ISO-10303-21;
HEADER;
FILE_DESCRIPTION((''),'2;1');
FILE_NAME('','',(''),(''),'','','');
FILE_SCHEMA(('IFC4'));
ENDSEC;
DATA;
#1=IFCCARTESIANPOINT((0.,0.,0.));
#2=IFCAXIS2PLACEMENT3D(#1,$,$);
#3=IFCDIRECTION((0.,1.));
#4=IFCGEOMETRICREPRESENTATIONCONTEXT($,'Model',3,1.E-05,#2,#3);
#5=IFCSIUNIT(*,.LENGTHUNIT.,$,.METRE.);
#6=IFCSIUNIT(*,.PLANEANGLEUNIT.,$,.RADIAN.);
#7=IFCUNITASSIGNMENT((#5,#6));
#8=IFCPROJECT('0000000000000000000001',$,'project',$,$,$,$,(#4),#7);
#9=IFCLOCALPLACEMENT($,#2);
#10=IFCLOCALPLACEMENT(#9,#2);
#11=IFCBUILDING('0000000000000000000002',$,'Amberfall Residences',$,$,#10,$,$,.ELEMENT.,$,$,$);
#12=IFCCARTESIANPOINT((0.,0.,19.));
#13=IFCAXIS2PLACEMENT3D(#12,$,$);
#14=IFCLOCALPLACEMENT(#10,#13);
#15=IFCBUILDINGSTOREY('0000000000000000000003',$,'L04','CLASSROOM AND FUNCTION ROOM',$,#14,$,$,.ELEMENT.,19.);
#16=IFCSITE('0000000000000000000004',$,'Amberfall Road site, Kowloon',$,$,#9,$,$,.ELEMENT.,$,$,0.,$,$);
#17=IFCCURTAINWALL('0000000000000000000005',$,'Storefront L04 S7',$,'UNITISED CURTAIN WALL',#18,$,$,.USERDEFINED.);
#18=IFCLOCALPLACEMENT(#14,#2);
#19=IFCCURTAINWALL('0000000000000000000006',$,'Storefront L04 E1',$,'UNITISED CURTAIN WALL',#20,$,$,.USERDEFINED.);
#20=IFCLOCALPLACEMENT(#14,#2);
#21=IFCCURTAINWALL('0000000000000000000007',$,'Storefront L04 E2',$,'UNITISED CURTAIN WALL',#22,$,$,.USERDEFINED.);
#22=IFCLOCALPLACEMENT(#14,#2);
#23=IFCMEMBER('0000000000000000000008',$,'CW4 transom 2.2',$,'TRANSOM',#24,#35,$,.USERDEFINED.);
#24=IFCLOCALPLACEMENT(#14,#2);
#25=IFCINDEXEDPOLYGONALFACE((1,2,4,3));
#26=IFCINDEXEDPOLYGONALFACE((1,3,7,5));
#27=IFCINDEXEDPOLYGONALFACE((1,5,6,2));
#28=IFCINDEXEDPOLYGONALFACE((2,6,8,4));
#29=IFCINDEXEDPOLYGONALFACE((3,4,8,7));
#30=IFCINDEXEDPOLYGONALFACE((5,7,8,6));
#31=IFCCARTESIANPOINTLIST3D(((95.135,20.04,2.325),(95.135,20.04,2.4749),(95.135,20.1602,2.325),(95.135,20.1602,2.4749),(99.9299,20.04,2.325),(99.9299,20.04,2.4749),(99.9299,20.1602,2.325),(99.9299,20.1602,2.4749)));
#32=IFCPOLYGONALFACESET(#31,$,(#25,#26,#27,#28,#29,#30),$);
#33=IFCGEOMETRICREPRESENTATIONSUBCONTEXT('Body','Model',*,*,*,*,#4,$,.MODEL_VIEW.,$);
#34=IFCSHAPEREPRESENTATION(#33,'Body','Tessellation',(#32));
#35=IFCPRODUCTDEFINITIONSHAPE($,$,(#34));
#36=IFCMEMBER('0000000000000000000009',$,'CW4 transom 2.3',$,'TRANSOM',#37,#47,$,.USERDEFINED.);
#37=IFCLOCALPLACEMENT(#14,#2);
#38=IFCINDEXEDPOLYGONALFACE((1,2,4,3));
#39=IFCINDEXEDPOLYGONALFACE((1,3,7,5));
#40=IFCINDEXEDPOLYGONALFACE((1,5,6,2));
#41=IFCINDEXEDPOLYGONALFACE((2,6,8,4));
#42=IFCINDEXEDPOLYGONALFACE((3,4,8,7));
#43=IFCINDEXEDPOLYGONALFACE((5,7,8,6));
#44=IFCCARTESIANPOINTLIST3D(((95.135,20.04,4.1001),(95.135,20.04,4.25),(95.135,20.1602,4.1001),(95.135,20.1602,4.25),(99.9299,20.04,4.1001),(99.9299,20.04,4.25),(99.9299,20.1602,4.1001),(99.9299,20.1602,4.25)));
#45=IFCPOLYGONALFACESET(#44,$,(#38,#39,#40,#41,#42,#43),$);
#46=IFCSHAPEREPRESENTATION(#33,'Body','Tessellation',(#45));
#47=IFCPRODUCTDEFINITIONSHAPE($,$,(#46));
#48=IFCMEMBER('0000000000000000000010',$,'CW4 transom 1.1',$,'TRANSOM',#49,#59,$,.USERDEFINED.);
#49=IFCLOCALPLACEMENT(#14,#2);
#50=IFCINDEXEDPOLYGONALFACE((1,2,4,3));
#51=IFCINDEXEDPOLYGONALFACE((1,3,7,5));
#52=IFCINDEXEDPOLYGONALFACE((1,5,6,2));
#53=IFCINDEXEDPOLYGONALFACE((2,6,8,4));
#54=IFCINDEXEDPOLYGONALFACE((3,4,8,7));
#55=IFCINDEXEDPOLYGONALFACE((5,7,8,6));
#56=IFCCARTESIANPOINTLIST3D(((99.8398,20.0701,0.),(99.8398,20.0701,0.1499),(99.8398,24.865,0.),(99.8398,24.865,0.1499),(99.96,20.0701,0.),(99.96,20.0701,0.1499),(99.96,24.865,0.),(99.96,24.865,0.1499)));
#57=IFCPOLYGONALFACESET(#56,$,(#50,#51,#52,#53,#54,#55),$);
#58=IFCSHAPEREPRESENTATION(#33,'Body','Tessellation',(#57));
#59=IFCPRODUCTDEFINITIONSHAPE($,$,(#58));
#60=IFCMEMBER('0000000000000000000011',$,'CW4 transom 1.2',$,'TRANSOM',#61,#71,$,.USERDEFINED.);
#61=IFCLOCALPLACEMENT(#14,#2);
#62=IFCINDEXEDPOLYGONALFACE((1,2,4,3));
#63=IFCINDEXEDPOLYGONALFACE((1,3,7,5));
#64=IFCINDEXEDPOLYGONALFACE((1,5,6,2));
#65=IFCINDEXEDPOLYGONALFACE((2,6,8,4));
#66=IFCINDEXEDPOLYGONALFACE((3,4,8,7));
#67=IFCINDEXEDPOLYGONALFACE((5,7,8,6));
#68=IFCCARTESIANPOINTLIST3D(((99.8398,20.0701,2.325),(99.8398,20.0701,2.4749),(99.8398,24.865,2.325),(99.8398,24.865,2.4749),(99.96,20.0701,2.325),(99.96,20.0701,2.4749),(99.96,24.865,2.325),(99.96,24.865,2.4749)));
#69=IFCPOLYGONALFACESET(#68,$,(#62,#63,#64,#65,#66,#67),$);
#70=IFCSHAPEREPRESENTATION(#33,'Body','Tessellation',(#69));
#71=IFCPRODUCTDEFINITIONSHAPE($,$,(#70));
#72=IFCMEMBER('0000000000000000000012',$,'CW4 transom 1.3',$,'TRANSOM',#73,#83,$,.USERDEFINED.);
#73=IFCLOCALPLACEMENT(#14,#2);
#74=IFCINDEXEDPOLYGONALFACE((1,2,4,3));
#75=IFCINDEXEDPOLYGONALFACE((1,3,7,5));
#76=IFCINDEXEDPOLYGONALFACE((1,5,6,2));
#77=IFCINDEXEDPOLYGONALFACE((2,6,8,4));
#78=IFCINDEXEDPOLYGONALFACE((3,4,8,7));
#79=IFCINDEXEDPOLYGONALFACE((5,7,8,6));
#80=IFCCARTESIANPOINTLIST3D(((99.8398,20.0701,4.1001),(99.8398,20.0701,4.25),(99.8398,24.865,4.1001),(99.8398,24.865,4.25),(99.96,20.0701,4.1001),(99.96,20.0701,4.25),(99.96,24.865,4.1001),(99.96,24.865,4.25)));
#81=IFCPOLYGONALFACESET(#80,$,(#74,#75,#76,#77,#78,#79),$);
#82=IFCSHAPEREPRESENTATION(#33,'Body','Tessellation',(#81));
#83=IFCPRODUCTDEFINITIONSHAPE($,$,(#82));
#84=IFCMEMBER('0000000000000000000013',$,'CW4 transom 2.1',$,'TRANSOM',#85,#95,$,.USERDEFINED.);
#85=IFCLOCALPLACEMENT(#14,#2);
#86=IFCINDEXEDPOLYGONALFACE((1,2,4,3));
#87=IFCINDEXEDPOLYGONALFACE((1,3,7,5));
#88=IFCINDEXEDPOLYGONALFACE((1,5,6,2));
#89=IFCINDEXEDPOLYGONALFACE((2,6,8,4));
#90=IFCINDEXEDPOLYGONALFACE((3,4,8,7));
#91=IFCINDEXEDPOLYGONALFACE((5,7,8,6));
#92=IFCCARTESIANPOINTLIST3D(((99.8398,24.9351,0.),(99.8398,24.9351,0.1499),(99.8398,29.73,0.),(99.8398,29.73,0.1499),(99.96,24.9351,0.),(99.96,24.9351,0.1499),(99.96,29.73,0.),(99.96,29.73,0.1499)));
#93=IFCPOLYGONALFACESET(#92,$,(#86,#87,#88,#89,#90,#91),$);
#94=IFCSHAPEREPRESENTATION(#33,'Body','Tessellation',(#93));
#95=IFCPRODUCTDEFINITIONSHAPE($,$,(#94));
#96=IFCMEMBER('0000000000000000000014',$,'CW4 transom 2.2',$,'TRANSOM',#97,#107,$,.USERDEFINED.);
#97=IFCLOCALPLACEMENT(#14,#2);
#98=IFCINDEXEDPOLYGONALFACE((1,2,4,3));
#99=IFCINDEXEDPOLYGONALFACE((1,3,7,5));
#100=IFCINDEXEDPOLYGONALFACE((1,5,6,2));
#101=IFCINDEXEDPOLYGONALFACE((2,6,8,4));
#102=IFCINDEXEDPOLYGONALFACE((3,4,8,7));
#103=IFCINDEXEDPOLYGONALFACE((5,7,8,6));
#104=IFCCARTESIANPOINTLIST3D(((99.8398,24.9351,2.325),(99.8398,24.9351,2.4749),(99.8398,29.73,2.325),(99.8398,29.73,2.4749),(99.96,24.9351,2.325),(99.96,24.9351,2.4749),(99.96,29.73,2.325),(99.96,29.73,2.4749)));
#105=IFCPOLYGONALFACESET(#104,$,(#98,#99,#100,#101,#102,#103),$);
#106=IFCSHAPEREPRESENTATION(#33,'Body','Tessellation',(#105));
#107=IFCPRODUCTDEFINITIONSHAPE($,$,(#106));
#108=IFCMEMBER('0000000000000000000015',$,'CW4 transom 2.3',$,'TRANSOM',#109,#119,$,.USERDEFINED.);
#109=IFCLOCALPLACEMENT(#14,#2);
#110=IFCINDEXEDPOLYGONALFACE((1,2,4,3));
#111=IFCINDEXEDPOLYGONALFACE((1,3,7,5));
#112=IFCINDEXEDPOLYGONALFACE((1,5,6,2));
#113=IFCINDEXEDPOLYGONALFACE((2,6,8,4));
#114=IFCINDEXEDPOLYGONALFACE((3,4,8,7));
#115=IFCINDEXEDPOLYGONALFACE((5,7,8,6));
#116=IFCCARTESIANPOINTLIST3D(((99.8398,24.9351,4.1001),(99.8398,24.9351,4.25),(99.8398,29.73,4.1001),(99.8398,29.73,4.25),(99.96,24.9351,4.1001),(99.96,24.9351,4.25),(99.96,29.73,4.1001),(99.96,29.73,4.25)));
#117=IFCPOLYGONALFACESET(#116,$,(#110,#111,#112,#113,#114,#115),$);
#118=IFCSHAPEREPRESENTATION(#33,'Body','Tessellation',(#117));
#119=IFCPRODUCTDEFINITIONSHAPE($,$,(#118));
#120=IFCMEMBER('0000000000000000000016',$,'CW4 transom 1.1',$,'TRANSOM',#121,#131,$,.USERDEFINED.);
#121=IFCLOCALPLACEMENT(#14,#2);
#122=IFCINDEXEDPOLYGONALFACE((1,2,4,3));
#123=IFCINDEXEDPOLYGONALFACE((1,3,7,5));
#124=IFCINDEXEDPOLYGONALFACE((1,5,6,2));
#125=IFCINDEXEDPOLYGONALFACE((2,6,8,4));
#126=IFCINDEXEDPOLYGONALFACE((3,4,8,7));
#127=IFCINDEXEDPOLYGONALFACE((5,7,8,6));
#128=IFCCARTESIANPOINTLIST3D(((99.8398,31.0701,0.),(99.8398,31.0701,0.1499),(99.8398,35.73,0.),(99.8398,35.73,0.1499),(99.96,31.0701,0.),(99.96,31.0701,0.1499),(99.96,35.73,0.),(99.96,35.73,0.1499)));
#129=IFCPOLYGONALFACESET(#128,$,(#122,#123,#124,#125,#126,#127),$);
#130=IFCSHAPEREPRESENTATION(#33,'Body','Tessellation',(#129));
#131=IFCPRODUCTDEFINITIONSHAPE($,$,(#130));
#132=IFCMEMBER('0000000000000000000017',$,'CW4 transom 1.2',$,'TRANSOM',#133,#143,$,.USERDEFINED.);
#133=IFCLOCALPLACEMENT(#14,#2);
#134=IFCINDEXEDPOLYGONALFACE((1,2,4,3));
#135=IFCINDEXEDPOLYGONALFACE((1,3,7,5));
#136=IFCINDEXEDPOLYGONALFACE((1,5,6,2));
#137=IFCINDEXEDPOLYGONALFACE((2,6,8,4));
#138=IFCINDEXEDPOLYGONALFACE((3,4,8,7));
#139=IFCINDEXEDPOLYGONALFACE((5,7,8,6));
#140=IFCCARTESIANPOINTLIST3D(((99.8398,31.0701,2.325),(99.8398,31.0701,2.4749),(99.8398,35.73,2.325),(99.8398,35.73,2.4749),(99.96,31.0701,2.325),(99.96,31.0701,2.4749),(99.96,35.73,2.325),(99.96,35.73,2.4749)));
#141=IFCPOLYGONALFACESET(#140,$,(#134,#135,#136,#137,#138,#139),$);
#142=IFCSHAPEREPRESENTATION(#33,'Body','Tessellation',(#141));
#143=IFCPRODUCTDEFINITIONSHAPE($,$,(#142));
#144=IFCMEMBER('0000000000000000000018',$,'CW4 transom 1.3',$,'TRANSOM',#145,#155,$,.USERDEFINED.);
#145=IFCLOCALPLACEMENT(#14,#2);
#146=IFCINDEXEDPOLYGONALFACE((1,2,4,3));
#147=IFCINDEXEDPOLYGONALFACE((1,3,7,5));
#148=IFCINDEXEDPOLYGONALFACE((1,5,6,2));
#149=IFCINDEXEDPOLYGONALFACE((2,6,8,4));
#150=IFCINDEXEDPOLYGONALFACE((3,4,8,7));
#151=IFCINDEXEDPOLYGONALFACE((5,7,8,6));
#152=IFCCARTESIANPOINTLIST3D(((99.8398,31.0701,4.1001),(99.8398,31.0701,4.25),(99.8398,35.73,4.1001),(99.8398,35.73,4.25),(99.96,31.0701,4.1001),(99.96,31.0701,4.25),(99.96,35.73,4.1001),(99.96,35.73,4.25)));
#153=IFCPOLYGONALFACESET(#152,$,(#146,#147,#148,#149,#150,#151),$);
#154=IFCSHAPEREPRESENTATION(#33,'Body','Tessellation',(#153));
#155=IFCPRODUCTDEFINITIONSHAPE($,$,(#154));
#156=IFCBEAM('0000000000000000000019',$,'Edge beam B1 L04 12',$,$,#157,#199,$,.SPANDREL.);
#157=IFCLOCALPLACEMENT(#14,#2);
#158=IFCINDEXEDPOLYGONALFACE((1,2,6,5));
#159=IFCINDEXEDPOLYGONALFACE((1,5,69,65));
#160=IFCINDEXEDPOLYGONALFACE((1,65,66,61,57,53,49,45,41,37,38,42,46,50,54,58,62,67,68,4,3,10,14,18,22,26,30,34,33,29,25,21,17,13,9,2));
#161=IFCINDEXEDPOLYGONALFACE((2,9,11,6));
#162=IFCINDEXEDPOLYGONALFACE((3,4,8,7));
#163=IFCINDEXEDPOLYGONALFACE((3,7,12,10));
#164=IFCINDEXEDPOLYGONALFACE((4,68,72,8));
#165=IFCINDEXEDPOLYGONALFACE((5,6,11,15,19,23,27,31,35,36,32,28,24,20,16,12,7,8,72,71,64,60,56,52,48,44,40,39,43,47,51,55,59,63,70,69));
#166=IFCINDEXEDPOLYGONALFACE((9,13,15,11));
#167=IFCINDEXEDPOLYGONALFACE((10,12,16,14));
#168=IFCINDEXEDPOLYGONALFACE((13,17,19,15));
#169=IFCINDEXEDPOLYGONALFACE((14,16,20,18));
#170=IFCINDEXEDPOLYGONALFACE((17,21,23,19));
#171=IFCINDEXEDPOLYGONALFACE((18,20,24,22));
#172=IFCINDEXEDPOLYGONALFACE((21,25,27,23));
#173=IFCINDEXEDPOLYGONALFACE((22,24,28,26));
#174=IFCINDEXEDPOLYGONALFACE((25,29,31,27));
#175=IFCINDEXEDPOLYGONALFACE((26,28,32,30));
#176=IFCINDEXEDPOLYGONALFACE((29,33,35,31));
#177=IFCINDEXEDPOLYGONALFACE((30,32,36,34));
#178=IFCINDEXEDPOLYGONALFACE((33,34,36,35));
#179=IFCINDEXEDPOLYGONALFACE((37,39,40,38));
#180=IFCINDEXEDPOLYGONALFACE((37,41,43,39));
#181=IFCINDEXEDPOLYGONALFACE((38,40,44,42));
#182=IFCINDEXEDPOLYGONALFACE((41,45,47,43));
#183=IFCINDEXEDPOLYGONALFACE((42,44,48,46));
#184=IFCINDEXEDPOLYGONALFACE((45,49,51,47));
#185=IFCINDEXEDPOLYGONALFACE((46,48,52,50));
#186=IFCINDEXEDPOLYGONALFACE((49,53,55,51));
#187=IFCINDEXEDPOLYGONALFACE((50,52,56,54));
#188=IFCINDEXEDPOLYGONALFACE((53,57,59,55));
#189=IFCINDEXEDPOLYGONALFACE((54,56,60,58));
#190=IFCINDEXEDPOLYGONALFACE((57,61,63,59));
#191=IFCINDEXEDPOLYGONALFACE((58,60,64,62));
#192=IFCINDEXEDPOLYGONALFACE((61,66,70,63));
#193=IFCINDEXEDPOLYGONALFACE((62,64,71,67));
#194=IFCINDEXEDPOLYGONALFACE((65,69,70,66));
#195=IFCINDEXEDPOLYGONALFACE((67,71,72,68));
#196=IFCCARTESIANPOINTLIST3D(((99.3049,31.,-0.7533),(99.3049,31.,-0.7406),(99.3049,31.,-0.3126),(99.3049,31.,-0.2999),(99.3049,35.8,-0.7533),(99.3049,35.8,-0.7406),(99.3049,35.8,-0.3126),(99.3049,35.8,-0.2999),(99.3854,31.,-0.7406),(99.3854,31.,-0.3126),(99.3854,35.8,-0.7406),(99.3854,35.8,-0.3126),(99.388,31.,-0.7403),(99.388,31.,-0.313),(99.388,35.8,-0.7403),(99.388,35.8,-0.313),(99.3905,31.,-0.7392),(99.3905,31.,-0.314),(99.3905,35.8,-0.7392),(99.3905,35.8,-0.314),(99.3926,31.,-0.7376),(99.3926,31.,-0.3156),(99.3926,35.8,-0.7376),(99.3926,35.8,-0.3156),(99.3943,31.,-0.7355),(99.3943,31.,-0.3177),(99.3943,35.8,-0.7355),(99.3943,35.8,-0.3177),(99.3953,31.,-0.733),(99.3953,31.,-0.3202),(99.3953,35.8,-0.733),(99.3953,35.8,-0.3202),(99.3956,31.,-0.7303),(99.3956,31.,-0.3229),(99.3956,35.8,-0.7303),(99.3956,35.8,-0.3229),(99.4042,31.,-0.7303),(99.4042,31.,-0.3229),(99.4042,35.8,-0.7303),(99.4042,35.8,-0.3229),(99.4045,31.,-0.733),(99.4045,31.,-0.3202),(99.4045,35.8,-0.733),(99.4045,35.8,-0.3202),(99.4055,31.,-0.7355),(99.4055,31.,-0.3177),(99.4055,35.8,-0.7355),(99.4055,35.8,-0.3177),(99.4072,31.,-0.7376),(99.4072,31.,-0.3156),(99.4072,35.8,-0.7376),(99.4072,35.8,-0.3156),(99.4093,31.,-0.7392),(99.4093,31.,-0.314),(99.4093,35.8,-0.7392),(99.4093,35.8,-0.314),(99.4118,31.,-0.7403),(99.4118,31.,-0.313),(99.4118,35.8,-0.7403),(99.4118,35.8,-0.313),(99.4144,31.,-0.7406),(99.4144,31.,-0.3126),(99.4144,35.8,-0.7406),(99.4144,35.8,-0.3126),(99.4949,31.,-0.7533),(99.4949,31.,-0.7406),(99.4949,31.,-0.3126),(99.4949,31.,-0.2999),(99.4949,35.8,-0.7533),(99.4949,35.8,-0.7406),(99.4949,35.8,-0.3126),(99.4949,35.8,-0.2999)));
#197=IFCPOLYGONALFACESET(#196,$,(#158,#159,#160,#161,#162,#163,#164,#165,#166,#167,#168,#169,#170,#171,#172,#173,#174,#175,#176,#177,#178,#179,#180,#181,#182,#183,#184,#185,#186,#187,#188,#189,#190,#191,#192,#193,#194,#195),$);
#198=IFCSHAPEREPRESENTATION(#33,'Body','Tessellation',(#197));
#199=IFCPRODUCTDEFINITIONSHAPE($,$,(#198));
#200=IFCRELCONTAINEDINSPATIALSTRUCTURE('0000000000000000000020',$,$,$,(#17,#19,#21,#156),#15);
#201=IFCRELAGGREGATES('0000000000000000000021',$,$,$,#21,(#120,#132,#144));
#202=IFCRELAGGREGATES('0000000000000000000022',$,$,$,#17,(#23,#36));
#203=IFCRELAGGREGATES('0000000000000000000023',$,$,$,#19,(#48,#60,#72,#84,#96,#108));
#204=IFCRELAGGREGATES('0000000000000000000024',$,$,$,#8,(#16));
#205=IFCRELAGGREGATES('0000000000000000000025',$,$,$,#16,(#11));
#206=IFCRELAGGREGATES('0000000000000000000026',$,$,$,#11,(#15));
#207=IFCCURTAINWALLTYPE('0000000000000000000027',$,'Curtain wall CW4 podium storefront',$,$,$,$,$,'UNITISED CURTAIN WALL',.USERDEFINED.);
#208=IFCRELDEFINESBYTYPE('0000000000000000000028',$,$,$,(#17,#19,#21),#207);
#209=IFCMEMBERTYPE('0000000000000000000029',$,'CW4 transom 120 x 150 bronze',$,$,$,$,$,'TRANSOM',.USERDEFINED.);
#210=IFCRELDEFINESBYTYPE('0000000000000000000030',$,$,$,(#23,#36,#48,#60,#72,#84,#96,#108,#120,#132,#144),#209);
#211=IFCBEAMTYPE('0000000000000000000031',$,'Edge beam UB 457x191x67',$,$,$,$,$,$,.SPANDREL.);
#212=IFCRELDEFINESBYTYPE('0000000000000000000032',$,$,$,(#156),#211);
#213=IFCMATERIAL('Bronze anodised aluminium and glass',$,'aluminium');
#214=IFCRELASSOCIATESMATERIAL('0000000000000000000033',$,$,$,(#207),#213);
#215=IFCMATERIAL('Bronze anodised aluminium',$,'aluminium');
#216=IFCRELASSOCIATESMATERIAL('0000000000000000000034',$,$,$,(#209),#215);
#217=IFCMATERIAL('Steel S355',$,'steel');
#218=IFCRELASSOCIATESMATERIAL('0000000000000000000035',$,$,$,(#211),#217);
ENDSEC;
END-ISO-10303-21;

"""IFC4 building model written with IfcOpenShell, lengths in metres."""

from ifc_helpers import new_model, si_unit, direction, frame, origin, origin_2d, place, context, subcontext, project, spatial, rectangle, i_section, extrude, material, material_profile, profile_set, type_object, element, aggregate, save


model = new_model("IFC4")

# Units and contexts
model_context = context("Model", 3, precision=1e-05, world=origin(), true_north=direction((0.0, 1.0)))
body_context = subcontext(model_context, "Body", "Model", "MODEL_VIEW")
ifc_project = project(units=[si_unit("LENGTHUNIT", "METRE"), si_unit("PLANEANGLEUNIT", "RADIAN")], contexts=[model_context])

# Site, building, storey
site_placement = place(None, origin())
site = spatial("IfcSite", under=ifc_project, at=site_placement, Name="Amberfall Road site, Kowloon", CompositionType="ELEMENT", RefElevation=0.0)
building_placement = place(site_placement, origin())
building = spatial("IfcBuilding", under=site, at=building_placement, Name="Amberfall Residences", CompositionType="ELEMENT")
storey_placement = place(building_placement, frame((0.0, 0.0, 19.0)))
storey = spatial("IfcBuildingStorey", under=building, at=storey_placement, Name="L04", Description="CLASSROOM AND FUNCTION ROOM", CompositionType="ELEMENT", Elevation=19.0)

# Curtain walls
ifc_material_1 = material(Name="Bronze anodised aluminium and glass", Category="aluminium")
curtain_wall_type = type_object("IfcCurtainWallType", Name="Curtain wall CW4 podium storefront", ElementType="UNITISED CURTAIN WALL", PredefinedType="USERDEFINED", material=ifc_material_1)
curtain_wall_1_placement = place(storey_placement, origin())
curtain_wall_1 = element("IfcCurtainWall", 1, at=curtain_wall_1_placement, inside=storey, type_object=curtain_wall_type, Name="Storefront L04 S7", ObjectType="UNITISED CURTAIN WALL", PredefinedType="USERDEFINED")
ifc_material_2 = material(Name="Bronze anodised aluminium", Category="aluminium")
curtain_wall_2_placement = place(storey_placement, origin())
curtain_wall_2 = element("IfcCurtainWall", 2, at=curtain_wall_2_placement, inside=storey, type_object=curtain_wall_type, Name="Storefront L04 E1", ObjectType="UNITISED CURTAIN WALL", PredefinedType="USERDEFINED")

# Curtain wall
curtain_wall_3_placement = place(storey_placement, origin())
curtain_wall_3 = element("IfcCurtainWall", 3, at=curtain_wall_3_placement, inside=storey, type_object=curtain_wall_type, Name="Storefront L04 E2", ObjectType="UNITISED CURTAIN WALL", PredefinedType="USERDEFINED")

# Members
ifc_material_profile_1 = material_profile(ifc_material_2, rectangle(XDim=0.1201, YDim=0.1499, at=origin_2d()), Name="CW4 transom 120 x 150 bronze")
ifc_profile_set_1 = profile_set([ifc_material_profile_1], Name="Bronze anodised aluminium")
member_type_1 = type_object("IfcMemberType", Name="CW4 transom 120 x 150 bronze", ElementType="TRANSOM", PredefinedType="USERDEFINED", material=ifc_profile_set_1)
member_1_placement = place(storey_placement, frame((95.135, 20.1001, 2.3999), z_axis=(1.0, 0.0, 0.0), x_axis=(0.0, 1.0, 0.0)))
member_1 = element("IfcMember", 4, at=member_1_placement, type_object=member_type_1, Name="CW4 transom 2.2", ObjectType="TRANSOM", PredefinedType="USERDEFINED", context=body_context, shape_type="SweptSolid", body=[
    extrude(rectangle(XDim=0.1201, YDim=0.1499, at=origin_2d()), origin(), (0.0, 0.0, 1.0), 4.7949),
])
member_2_placement = place(storey_placement, frame((95.135, 20.1001, 4.175), z_axis=(1.0, 0.0, 0.0), x_axis=(0.0, 1.0, 0.0)))
member_2 = element("IfcMember", 5, at=member_2_placement, type_object=member_type_1, Name="CW4 transom 2.3", ObjectType="TRANSOM", PredefinedType="USERDEFINED", context=body_context, shape_type="SweptSolid", body=[
    extrude(rectangle(XDim=0.1201, YDim=0.1499, at=origin_2d()), origin(), (0.0, 0.0, 1.0), 4.7949),
])
member_3_placement = place(storey_placement, frame((99.8999, 20.0701, 0.075), z_axis=(0.0, 1.0, 0.0), x_axis=(-1.0, 0.0, 0.0)))
member_3 = element("IfcMember", 6, at=member_3_placement, type_object=member_type_1, Name="CW4 transom 1.1", ObjectType="TRANSOM", PredefinedType="USERDEFINED", context=body_context, shape_type="SweptSolid", body=[
    extrude(rectangle(XDim=0.1201, YDim=0.1499, at=origin_2d()), origin(), (0.0, 0.0, 1.0), 4.7949),
])
member_4_placement = place(storey_placement, frame((99.8999, 20.0701, 2.3999), z_axis=(0.0, 1.0, 0.0), x_axis=(-1.0, 0.0, 0.0)))
member_4 = element("IfcMember", 7, at=member_4_placement, type_object=member_type_1, Name="CW4 transom 1.2", ObjectType="TRANSOM", PredefinedType="USERDEFINED", context=body_context, shape_type="SweptSolid", body=[
    extrude(rectangle(XDim=0.1201, YDim=0.1499, at=origin_2d()), origin(), (0.0, 0.0, 1.0), 4.7949),
])
member_5_placement = place(storey_placement, frame((99.8999, 20.0701, 4.175), z_axis=(0.0, 1.0, 0.0), x_axis=(-1.0, 0.0, 0.0)))
member_5 = element("IfcMember", 8, at=member_5_placement, type_object=member_type_1, Name="CW4 transom 1.3", ObjectType="TRANSOM", PredefinedType="USERDEFINED", context=body_context, shape_type="SweptSolid", body=[
    extrude(rectangle(XDim=0.1201, YDim=0.1499, at=origin_2d()), origin(), (0.0, 0.0, 1.0), 4.7949),
])
member_6_placement = place(storey_placement, frame((99.8999, 24.9351, 0.075), z_axis=(0.0, 1.0, 0.0), x_axis=(-1.0, 0.0, 0.0)))
member_6 = element("IfcMember", 9, at=member_6_placement, type_object=member_type_1, Name="CW4 transom 2.1", ObjectType="TRANSOM", PredefinedType="USERDEFINED", context=body_context, shape_type="SweptSolid", body=[
    extrude(rectangle(XDim=0.1201, YDim=0.1499, at=origin_2d()), origin(), (0.0, 0.0, 1.0), 4.7949),
])
member_7_placement = place(storey_placement, frame((99.8999, 24.9351, 2.3999), z_axis=(0.0, 1.0, 0.0), x_axis=(-1.0, 0.0, 0.0)))
member_7 = element("IfcMember", 10, at=member_7_placement, type_object=member_type_1, Name="CW4 transom 2.2", ObjectType="TRANSOM", PredefinedType="USERDEFINED", context=body_context, shape_type="SweptSolid", body=[
    extrude(rectangle(XDim=0.1201, YDim=0.1499, at=origin_2d()), origin(), (0.0, 0.0, 1.0), 4.7949),
])
member_8_placement = place(storey_placement, frame((99.8999, 24.9351, 4.175), z_axis=(0.0, 1.0, 0.0), x_axis=(-1.0, 0.0, 0.0)))
member_8 = element("IfcMember", 11, at=member_8_placement, type_object=member_type_1, Name="CW4 transom 2.3", ObjectType="TRANSOM", PredefinedType="USERDEFINED", context=body_context, shape_type="SweptSolid", body=[
    extrude(rectangle(XDim=0.1201, YDim=0.1499, at=origin_2d()), origin(), (0.0, 0.0, 1.0), 4.7949),
])
member_9_placement = place(storey_placement, frame((99.8999, 31.0701, 0.075), z_axis=(0.0, 1.0, 0.0), x_axis=(-1.0, 0.0, 0.0)))
member_9 = element("IfcMember", 12, at=member_9_placement, type_object=member_type_1, Name="CW4 transom 1.1", ObjectType="TRANSOM", PredefinedType="USERDEFINED", context=body_context, shape_type="SweptSolid", body=[
    extrude(rectangle(XDim=0.1201, YDim=0.1499, at=origin_2d()), origin(), (0.0, 0.0, 1.0), 4.6599),
])
member_10_placement = place(storey_placement, frame((99.8999, 31.0701, 2.3999), z_axis=(0.0, 1.0, 0.0), x_axis=(-1.0, 0.0, 0.0)))
member_10 = element("IfcMember", 13, at=member_10_placement, type_object=member_type_1, Name="CW4 transom 1.2", ObjectType="TRANSOM", PredefinedType="USERDEFINED", context=body_context, shape_type="SweptSolid", body=[
    extrude(rectangle(XDim=0.1201, YDim=0.1499, at=origin_2d()), origin(), (0.0, 0.0, 1.0), 4.6599),
])
member_11_placement = place(storey_placement, frame((99.8999, 31.0701, 4.175), z_axis=(0.0, 1.0, 0.0), x_axis=(-1.0, 0.0, 0.0)))
member_11 = element("IfcMember", 14, at=member_11_placement, type_object=member_type_1, Name="CW4 transom 1.3", ObjectType="TRANSOM", PredefinedType="USERDEFINED", context=body_context, shape_type="SweptSolid", body=[
    extrude(rectangle(XDim=0.1201, YDim=0.1499, at=origin_2d()), origin(), (0.0, 0.0, 1.0), 4.6599),
])
aggregate(curtain_wall_3, [member_9, member_10, member_11])

# Beam
ifc_material_3 = material(Name="Steel S355", Category="steel")
ifc_material_profile_2 = material_profile(ifc_material_3, i_section(OverallWidth=0.1899, OverallDepth=0.4534, WebThickness=0.0085, FlangeThickness=0.0127, FilletRadius=0.0103, at=origin_2d()), Name="UB 457x191x67")
ifc_profile_set_2 = profile_set([ifc_material_profile_2], Name="Steel S355")
beam_type_1 = type_object("IfcBeamType", Name="Edge beam UB 457x191x67", PredefinedType="SPANDREL", material=ifc_profile_set_2)
beam_1_placement = place(storey_placement, frame((99.3999, 31.0, -0.5266), z_axis=(0.0, 1.0, 0.0), x_axis=(-1.0, 0.0, 0.0)))
element("IfcBeam", 15, at=beam_1_placement, inside=storey, type_object=beam_type_1, Name="Edge beam B1 L04 12", PredefinedType="SPANDREL", context=body_context, shape_type="SweptSolid", body=[
    extrude(i_section(OverallWidth=0.1899, OverallDepth=0.4534, WebThickness=0.0085, FlangeThickness=0.0127, FilletRadius=0.0103, at=origin_2d()), origin(), (0.0, 0.0, 1.0), 4.8),
])

aggregate(curtain_wall_1, [member_1, member_2])
aggregate(curtain_wall_2, [member_3, member_4, member_5, member_6, member_7, member_8])

save(model, "model.ifc")
